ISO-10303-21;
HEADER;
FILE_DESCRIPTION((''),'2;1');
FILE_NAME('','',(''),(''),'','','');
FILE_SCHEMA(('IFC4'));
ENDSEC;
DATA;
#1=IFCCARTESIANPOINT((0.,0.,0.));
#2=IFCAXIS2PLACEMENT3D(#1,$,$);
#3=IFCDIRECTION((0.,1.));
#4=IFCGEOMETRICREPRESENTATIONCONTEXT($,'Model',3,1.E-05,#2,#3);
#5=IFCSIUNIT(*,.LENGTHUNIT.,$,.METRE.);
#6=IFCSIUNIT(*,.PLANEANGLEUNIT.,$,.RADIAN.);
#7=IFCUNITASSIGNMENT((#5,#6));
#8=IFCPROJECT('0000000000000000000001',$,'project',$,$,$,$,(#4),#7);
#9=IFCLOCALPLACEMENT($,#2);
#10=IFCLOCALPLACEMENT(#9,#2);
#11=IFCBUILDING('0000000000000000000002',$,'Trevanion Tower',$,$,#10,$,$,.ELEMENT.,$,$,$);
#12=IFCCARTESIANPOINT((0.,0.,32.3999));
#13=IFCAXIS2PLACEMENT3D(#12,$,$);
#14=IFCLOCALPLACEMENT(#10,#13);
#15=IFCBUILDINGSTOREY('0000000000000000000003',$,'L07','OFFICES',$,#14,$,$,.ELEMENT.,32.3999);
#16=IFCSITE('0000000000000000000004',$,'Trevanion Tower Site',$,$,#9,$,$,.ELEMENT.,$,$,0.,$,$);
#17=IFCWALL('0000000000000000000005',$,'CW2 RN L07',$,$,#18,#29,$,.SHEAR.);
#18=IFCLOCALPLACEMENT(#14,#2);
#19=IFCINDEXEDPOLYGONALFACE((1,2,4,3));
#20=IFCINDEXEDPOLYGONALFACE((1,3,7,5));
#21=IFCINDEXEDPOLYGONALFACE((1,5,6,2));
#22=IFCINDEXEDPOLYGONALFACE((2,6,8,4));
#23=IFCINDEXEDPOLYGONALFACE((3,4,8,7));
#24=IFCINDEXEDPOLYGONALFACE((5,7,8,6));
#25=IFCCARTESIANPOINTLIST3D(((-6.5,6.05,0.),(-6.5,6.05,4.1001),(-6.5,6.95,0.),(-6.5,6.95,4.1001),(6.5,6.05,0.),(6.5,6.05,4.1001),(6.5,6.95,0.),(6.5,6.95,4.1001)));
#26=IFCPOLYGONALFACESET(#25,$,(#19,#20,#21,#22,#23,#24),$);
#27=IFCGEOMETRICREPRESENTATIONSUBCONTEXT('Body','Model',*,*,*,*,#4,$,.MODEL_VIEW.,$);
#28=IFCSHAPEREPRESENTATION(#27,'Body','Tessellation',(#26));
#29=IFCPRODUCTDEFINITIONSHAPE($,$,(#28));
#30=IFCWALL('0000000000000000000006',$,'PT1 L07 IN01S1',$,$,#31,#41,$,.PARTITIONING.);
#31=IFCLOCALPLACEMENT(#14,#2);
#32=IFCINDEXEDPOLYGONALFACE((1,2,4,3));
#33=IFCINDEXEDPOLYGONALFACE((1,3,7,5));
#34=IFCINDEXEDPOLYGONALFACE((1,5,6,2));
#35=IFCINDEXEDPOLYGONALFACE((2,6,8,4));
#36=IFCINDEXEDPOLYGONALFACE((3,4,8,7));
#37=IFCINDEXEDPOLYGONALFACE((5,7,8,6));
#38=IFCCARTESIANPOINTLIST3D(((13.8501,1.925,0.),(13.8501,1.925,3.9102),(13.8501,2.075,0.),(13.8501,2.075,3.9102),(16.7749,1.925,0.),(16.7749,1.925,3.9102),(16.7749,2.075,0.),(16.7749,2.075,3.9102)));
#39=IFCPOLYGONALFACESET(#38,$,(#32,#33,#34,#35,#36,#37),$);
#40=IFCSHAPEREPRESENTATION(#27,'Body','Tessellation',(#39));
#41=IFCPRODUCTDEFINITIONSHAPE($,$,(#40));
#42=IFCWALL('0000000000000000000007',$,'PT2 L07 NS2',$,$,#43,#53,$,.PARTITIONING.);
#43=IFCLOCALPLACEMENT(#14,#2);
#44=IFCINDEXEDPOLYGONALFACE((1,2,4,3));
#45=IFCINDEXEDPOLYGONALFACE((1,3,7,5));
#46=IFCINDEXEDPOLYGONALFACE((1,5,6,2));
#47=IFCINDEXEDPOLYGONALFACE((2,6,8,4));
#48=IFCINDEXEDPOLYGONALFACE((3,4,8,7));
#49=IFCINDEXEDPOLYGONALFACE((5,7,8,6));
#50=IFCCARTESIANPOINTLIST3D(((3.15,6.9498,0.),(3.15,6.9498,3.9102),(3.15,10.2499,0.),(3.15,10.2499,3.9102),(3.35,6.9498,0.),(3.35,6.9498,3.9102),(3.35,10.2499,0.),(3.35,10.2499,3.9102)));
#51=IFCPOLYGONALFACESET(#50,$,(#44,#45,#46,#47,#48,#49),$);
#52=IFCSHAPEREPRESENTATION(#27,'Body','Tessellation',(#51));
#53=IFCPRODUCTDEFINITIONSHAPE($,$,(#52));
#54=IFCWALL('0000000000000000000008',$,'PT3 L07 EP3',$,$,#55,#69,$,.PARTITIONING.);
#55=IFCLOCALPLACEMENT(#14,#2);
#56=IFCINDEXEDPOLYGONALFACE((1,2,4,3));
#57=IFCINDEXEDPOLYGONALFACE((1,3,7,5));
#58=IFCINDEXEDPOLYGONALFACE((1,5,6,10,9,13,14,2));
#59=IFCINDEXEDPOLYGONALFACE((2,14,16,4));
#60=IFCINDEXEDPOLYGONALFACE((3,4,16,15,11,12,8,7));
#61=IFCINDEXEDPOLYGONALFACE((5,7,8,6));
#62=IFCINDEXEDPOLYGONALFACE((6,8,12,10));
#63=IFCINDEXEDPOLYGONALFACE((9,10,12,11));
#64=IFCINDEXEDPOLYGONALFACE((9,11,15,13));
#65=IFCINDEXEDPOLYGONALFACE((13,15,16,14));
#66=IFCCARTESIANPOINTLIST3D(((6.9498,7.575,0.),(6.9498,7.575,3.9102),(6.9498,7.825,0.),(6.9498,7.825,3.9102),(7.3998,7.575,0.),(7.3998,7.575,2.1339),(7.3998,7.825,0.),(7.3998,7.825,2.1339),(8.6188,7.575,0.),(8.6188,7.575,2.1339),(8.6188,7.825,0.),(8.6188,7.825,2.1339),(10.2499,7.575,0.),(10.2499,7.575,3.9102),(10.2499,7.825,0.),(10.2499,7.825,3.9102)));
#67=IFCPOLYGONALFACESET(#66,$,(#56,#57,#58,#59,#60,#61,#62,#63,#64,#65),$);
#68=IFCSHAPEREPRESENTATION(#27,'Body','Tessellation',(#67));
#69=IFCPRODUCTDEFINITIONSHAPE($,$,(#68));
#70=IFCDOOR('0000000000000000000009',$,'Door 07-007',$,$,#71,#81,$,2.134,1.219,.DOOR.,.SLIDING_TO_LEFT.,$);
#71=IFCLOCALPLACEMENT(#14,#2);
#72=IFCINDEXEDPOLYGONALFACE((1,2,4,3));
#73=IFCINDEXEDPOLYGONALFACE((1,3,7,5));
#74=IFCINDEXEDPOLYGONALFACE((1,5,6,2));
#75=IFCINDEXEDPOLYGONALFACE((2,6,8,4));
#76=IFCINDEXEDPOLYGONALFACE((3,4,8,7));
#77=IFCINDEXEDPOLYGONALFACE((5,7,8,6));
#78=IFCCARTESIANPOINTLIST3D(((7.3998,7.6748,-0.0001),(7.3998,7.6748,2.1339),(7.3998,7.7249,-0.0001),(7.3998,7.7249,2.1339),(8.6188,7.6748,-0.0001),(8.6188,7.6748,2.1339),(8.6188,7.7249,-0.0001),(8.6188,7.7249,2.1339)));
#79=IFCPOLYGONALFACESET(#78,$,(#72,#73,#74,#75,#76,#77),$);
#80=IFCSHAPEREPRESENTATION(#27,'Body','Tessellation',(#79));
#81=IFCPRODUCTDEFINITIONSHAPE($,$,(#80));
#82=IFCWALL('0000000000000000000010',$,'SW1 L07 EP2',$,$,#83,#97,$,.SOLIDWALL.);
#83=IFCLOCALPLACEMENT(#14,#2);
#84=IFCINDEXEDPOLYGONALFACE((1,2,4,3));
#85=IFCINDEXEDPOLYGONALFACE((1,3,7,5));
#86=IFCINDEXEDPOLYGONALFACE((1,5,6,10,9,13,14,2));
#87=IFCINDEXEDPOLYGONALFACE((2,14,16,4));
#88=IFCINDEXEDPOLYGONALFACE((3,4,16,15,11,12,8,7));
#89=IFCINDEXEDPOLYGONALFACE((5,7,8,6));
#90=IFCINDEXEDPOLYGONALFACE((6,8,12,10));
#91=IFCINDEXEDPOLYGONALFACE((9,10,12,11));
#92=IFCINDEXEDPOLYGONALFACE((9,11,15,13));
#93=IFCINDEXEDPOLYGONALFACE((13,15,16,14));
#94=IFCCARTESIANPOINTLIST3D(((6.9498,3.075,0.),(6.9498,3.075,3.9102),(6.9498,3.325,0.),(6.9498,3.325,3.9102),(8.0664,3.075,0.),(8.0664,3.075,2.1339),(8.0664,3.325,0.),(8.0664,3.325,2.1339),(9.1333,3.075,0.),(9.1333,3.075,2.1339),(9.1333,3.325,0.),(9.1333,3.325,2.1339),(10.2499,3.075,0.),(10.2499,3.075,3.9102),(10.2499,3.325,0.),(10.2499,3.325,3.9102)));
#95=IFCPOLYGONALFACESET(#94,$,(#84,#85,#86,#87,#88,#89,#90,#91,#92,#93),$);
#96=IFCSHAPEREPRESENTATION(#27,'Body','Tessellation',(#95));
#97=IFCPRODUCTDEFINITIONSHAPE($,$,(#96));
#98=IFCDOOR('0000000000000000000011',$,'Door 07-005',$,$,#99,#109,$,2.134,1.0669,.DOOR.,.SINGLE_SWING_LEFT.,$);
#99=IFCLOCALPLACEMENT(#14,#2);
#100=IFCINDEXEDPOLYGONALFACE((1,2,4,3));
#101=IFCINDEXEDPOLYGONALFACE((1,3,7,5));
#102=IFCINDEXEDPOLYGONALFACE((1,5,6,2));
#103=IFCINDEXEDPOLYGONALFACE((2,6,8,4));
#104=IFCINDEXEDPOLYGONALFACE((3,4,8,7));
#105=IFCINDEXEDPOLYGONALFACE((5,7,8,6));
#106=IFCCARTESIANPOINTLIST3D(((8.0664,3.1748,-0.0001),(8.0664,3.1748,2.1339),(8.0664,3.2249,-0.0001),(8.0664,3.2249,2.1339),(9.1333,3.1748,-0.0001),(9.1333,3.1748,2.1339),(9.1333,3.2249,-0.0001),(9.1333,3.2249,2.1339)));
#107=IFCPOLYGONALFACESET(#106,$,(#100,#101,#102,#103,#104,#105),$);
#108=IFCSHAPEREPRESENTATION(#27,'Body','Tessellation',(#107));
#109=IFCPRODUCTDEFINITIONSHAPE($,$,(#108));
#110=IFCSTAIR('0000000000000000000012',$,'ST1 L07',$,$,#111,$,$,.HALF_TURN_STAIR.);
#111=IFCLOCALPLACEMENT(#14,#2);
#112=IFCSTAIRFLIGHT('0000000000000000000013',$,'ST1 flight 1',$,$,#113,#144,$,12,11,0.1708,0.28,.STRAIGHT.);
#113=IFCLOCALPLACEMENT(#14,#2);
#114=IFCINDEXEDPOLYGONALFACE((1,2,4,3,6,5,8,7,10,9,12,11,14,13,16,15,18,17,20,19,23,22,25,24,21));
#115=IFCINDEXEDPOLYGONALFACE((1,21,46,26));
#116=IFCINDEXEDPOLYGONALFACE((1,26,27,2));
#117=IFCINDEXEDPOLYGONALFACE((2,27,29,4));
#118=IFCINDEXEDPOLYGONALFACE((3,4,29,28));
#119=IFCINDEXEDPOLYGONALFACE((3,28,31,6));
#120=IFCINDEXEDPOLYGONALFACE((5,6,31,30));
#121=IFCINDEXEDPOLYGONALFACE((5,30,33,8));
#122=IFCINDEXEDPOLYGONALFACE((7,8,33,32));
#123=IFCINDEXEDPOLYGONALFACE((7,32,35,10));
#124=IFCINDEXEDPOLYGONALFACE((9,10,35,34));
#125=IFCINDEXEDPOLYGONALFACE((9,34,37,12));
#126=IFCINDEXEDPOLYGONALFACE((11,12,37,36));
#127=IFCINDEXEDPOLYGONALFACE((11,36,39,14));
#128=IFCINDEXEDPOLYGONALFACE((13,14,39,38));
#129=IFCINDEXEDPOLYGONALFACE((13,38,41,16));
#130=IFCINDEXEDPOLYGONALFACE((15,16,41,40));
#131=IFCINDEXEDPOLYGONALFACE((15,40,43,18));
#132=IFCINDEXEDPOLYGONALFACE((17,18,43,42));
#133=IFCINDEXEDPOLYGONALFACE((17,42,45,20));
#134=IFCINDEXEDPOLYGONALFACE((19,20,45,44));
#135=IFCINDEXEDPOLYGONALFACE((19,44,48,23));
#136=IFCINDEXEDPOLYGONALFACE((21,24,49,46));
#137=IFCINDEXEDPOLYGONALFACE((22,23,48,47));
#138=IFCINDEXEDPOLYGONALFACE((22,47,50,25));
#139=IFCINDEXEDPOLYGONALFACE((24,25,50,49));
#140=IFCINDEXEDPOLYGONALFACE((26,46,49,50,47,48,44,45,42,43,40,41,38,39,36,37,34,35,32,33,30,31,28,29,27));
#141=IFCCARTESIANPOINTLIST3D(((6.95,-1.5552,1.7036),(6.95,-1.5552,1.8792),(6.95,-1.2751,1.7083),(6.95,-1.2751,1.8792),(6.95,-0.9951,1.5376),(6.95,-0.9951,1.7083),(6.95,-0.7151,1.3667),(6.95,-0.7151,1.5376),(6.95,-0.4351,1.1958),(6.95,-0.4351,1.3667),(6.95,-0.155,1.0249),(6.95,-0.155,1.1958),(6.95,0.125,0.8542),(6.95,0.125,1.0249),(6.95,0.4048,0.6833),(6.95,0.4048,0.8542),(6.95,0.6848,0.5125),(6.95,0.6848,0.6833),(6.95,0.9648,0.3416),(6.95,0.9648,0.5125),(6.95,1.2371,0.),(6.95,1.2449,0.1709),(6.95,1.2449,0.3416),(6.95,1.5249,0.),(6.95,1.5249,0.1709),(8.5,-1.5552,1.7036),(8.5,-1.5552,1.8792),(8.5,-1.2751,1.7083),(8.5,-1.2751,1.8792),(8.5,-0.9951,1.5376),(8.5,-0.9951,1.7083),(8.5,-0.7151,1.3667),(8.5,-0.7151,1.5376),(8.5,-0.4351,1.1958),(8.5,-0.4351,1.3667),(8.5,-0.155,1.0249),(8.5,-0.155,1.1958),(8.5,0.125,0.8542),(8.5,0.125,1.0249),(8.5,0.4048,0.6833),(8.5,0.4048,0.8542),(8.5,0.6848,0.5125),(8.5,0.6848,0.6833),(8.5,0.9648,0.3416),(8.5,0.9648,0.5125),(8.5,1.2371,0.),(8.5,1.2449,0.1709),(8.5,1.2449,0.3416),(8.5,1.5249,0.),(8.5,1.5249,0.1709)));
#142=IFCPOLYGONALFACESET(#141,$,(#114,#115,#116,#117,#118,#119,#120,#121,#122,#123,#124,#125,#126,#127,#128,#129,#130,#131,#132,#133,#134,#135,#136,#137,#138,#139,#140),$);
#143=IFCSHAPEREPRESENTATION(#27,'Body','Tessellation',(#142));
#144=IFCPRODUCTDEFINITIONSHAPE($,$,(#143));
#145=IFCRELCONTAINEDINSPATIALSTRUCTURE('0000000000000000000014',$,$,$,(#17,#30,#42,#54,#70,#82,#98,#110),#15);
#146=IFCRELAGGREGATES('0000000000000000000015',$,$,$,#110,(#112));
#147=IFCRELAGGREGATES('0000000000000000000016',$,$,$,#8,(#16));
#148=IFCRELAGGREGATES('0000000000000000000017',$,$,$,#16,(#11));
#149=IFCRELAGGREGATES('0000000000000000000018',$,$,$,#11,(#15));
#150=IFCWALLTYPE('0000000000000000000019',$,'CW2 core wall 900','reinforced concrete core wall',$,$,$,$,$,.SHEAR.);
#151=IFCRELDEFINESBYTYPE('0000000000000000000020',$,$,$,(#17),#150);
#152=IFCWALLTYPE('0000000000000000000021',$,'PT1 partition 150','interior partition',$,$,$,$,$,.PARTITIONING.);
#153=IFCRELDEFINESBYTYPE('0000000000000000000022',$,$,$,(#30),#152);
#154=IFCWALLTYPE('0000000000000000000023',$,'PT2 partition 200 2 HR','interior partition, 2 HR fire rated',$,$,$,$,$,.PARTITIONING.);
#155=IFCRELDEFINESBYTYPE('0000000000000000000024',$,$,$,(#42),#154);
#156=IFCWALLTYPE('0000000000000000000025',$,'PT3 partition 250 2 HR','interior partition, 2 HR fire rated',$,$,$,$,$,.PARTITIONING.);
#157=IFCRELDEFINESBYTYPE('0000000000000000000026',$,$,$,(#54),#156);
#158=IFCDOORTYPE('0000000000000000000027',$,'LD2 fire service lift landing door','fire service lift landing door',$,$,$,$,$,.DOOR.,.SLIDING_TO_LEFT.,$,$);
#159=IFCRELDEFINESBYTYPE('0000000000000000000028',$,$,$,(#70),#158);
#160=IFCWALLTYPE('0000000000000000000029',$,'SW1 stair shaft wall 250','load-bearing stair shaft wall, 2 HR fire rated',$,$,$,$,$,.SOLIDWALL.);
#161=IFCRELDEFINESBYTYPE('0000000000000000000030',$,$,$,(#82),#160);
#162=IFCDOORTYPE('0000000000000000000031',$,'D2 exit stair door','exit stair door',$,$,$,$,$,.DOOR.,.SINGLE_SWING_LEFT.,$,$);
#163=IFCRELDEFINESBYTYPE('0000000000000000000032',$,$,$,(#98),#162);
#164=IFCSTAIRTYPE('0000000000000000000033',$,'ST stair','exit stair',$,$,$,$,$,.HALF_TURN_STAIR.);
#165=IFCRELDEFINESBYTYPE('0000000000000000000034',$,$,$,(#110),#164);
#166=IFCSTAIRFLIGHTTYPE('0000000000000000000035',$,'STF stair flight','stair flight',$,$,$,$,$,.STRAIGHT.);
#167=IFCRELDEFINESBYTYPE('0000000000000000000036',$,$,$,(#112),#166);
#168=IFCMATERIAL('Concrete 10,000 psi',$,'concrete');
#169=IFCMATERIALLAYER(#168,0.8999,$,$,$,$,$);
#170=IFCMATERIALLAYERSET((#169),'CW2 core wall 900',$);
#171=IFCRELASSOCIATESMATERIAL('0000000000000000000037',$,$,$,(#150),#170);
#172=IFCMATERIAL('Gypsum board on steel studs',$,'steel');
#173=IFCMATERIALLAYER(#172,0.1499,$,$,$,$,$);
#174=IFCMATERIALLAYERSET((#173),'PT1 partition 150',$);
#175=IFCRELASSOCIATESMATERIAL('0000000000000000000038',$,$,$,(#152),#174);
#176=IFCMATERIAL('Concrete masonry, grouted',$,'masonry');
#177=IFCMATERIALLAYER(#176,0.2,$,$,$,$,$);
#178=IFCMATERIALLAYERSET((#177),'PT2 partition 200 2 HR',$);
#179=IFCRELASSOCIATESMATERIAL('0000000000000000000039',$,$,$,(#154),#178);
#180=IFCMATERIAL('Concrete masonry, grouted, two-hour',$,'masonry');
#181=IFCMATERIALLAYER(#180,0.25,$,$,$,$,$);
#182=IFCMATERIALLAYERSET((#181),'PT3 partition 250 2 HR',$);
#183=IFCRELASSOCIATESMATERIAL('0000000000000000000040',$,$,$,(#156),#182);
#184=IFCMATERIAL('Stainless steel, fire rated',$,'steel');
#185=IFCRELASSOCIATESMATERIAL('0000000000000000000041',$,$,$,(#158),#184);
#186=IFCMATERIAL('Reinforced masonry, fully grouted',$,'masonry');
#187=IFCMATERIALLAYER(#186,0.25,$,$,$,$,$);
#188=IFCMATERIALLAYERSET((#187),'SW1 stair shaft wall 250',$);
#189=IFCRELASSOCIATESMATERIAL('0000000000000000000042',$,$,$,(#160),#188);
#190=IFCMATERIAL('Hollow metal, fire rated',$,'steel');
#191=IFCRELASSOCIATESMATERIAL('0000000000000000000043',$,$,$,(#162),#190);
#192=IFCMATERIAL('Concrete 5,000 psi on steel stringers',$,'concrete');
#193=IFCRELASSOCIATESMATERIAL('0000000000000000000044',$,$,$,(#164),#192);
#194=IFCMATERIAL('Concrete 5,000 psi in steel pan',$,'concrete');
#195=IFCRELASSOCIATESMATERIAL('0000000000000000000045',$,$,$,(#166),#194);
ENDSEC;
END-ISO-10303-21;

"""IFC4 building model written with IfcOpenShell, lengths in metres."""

from ifc_helpers import new_model, si_unit, direction, frame, frame_2d, origin, place, context, subcontext, project, spatial, polyline, rectangle, outline, extrude, material, layer, layer_set, type_object, element, fill, aggregate, save


model = new_model("IFC4")

# Units and contexts
model_context = context("Model", 3, precision=1e-05, world=origin(), true_north=direction((0.0, 1.0)))
body_context = subcontext(model_context, "Body", "Model", "MODEL_VIEW")
ifc_project = project(units=[si_unit("LENGTHUNIT", "METRE"), si_unit("PLANEANGLEUNIT", "RADIAN")], contexts=[model_context])

# Site, building, storey
site_placement = place(None, origin())
site = spatial("IfcSite", under=ifc_project, at=site_placement, Name="Trevanion Tower Site", CompositionType="ELEMENT", RefElevation=0.0)
building_placement = place(site_placement, origin())
building = spatial("IfcBuilding", under=site, at=building_placement, Name="Trevanion Tower", CompositionType="ELEMENT")
storey_placement = place(building_placement, frame((0.0, 0.0, 32.3999)))
storey = spatial("IfcBuildingStorey", under=building, at=storey_placement, Name="L07", Description="OFFICES", CompositionType="ELEMENT", Elevation=32.3999)

# Walls
ifc_material_1 = material(Name="Concrete 10,000 psi", Category="concrete")
ifc_layer_1 = layer(ifc_material_1, 0.8999)
ifc_layer_set_1 = layer_set([ifc_layer_1], Name="CW2 core wall 900")
wall_type_1 = type_object("IfcWallType", Name="CW2 core wall 900", Description="reinforced concrete core wall", PredefinedType="SHEAR", material=ifc_layer_set_1)
wall_1_placement = place(storey_placement, frame((6.5, 6.5, 0.0), z_axis=(0.0, 0.0, 1.0), x_axis=(-1.0, 0.0, 0.0)))
element("IfcWall", 1, at=wall_1_placement, inside=storey, type_object=wall_type_1, Name="CW2 RN L07", PredefinedType="SHEAR", context=body_context, shape_type="SweptSolid", body=[
    extrude(rectangle(XDim=13.0, YDim=0.8999, at=frame_2d((6.5, 0.0))), origin(), (0.0, 0.0, 1.0), 4.1001),
])
ifc_material_2 = material(Name="Gypsum board on steel studs", Category="steel")
ifc_layer_2 = layer(ifc_material_2, 0.1499)
ifc_layer_set_2 = layer_set([ifc_layer_2], Name="PT1 partition 150")
wall_type_2 = type_object("IfcWallType", Name="PT1 partition 150", Description="interior partition", PredefinedType="PARTITIONING", material=ifc_layer_set_2)
wall_2_placement = place(storey_placement, frame((16.7749, 2.0, 0.0), z_axis=(0.0, 0.0, 1.0), x_axis=(-1.0, 0.0, 0.0)))
element("IfcWall", 2, at=wall_2_placement, inside=storey, type_object=wall_type_2, Name="PT1 L07 IN01S1", PredefinedType="PARTITIONING", context=body_context, shape_type="SweptSolid", body=[
    extrude(rectangle(XDim=2.9248, YDim=0.1499, at=frame_2d((1.4624, 0.0))), origin(), (0.0, 0.0, 1.0), 3.9102),
])
ifc_material_3 = material(Name="Concrete masonry, grouted", Category="masonry")
ifc_layer_3 = layer(ifc_material_3, 0.2)
ifc_layer_set_3 = layer_set([ifc_layer_3], Name="PT2 partition 200 2 HR")
wall_type_3 = type_object("IfcWallType", Name="PT2 partition 200 2 HR", Description="interior partition, 2 HR fire rated", PredefinedType="PARTITIONING", material=ifc_layer_set_3)
wall_3_placement = place(storey_placement, frame((3.25, 6.95, 0.0), z_axis=(0.0, 0.0, 1.0), x_axis=(0.0, 1.0, 0.0)))
element("IfcWall", 3, at=wall_3_placement, inside=storey, type_object=wall_type_3, Name="PT2 L07 NS2", PredefinedType="PARTITIONING", context=body_context, shape_type="SweptSolid", body=[
    extrude(rectangle(XDim=3.3, YDim=0.2, at=frame_2d((1.6499, 0.0))), origin(), (0.0, 0.0, 1.0), 3.9102),
])

# Walls, openings, doors
ifc_material_4 = material(Name="Concrete masonry, grouted, two-hour", Category="masonry")
ifc_layer_4 = layer(ifc_material_4, 0.25)
ifc_layer_set_4 = layer_set([ifc_layer_4], Name="PT3 partition 250 2 HR")
wall_type_4 = type_object("IfcWallType", Name="PT3 partition 250 2 HR", Description="interior partition, 2 HR fire rated", PredefinedType="PARTITIONING", material=ifc_layer_set_4)
wall_4_placement = place(storey_placement, frame((6.95, 7.7, 0.0), z_axis=(0.0, 0.0, 1.0), x_axis=(1.0, 0.0, 0.0)))
wall_4 = element("IfcWall", 4, at=wall_4_placement, inside=storey, type_object=wall_type_4, Name="PT3 L07 EP3", PredefinedType="PARTITIONING", context=body_context, shape_type="SweptSolid", body=[
    extrude(rectangle(XDim=3.3, YDim=0.25, at=frame_2d((1.6499, 0.0))), origin(), (0.0, 0.0, 1.0), 3.9102),
])
opening_1_placement = place(wall_4_placement, frame((0.45, 0.0, 0.0)))
opening_1 = element("IfcOpeningElement", 5, at=opening_1_placement, cuts=wall_4, PredefinedType="OPENING", context=body_context, shape_type="SweptSolid", body=[
    extrude(rectangle(XDim=1.219, YDim=2.134, at=frame_2d((0.6094, 1.0669))), frame((0.0, 0.135, 0.0), z_axis=(0.0, -1.0, 0.0), x_axis=(1.0, 0.0, 0.0)), (0.0, 0.0, 1.0), 0.27),
])
ifc_material_5 = material(Name="Stainless steel, fire rated", Category="steel")
door_type_1 = type_object("IfcDoorType", Name="LD2 fire service lift landing door", Description="fire service lift landing door", OperationType="SLIDING_TO_LEFT", PredefinedType="DOOR", material=ifc_material_5)
door_1_placement = place(opening_1_placement, origin())
door_1 = element("IfcDoor", 6, at=door_1_placement, inside=storey, type_object=door_type_1, Name="Door 07-007", OperationType="SLIDING_TO_LEFT", OverallHeight=2.134, OverallWidth=1.219, PredefinedType="DOOR", context=body_context, shape_type="SweptSolid", body=[
    extrude(rectangle(XDim=1.219, YDim=2.134, at=frame_2d((0.6094, 1.0669))), frame((0.0, 0.0249, 0.0), z_axis=(0.0, -1.0, 0.0), x_axis=(1.0, 0.0, 0.0)), (0.0, 0.0, 1.0), 0.05),
])
fill(opening_1, door_1)
ifc_material_6 = material(Name="Reinforced masonry, fully grouted", Category="masonry")
ifc_layer_5 = layer(ifc_material_6, 0.25)
ifc_layer_set_5 = layer_set([ifc_layer_5], Name="SW1 stair shaft wall 250")
wall_type_5 = type_object("IfcWallType", Name="SW1 stair shaft wall 250", Description="load-bearing stair shaft wall, 2 HR fire rated", PredefinedType="SOLIDWALL", material=ifc_layer_set_5)
wall_5_placement = place(storey_placement, frame((6.95, 3.2, 0.0), z_axis=(0.0, 0.0, 1.0), x_axis=(1.0, 0.0, 0.0)))
wall_5 = element("IfcWall", 7, at=wall_5_placement, inside=storey, type_object=wall_type_5, Name="SW1 L07 EP2", PredefinedType="SOLIDWALL", context=body_context, shape_type="SweptSolid", body=[
    extrude(rectangle(XDim=3.3, YDim=0.25, at=frame_2d((1.6499, 0.0))), origin(), (0.0, 0.0, 1.0), 3.9102),
])
opening_2_placement = place(wall_5_placement, frame((1.1165, 0.0, 0.0)))
opening_2 = element("IfcOpeningElement", 8, at=opening_2_placement, cuts=wall_5, PredefinedType="OPENING", context=body_context, shape_type="SweptSolid", body=[
    extrude(rectangle(XDim=1.0669, YDim=2.134, at=frame_2d((0.5334, 1.0669))), frame((0.0, 0.135, 0.0), z_axis=(0.0, -1.0, 0.0), x_axis=(1.0, 0.0, 0.0)), (0.0, 0.0, 1.0), 0.27),
])
ifc_material_7 = material(Name="Hollow metal, fire rated", Category="steel")
door_type_2 = type_object("IfcDoorType", Name="D2 exit stair door", Description="exit stair door", OperationType="SINGLE_SWING_LEFT", PredefinedType="DOOR", material=ifc_material_7)
door_2_placement = place(opening_2_placement, origin())
door_2 = element("IfcDoor", 9, at=door_2_placement, inside=storey, type_object=door_type_2, Name="Door 07-005", OperationType="SINGLE_SWING_LEFT", OverallHeight=2.134, OverallWidth=1.0669, PredefinedType="DOOR", context=body_context, shape_type="SweptSolid", body=[
    extrude(rectangle(XDim=1.0669, YDim=2.134, at=frame_2d((0.5334, 1.0669))), frame((0.0, 0.0249, 0.0), z_axis=(0.0, -1.0, 0.0), x_axis=(1.0, 0.0, 0.0)), (0.0, 0.0, 1.0), 0.05),
])
fill(opening_2, door_2)

# Stair, stair flight
ifc_material_8 = material(Name="Concrete 5,000 psi on steel stringers", Category="concrete")
stair_type = type_object("IfcStairType", Name="ST stair", Description="exit stair", PredefinedType="HALF_TURN_STAIR", material=ifc_material_8)
stair_placement = place(storey_placement, origin())
stair = element("IfcStair", 10, at=stair_placement, inside=storey, type_object=stair_type, Name="ST1 L07", PredefinedType="HALF_TURN_STAIR")
ifc_material_9 = material(Name="Concrete 5,000 psi in steel pan", Category="concrete")
stair_flight_type = type_object("IfcStairFlightType", Name="STF stair flight", Description="stair flight", PredefinedType="STRAIGHT", material=ifc_material_9)
stair_flight_placement = place(storey_placement, frame((7.7251, 1.5249, 0.0), z_axis=(0.0, 0.0, 1.0), x_axis=(0.0, -1.0, 0.0)))
stair_flight = element("IfcStairFlight", 11, at=stair_flight_placement, type_object=stair_flight_type, Name="ST1 flight 1", NumberOfRisers=12, NumberOfTreads=11, PredefinedType="STRAIGHT", RiserHeight=0.1708, TreadLength=0.28, context=body_context, shape_type="SweptSolid", body=[
    extrude(outline(polyline([(0.0, 0.0), (0.0, 0.1709), (0.28, 0.1709), (0.28, 0.3416), (0.5601, 0.3416), (0.5601, 0.5125), (0.8401, 0.5125), (0.8401, 0.6833), (1.1201, 0.6833), (1.1201, 0.8542), (1.3999, 0.8542), (1.3999, 1.0249), (1.6799, 1.0249), (1.6799, 1.1958), (1.96, 1.1958), (1.96, 1.3667), (2.24, 1.3667), (2.24, 1.5376), (2.52, 1.5376), (2.52, 1.7083), (2.8, 1.7083), (2.8, 1.8792), (3.0801, 1.8792), (3.0801, 2.05), (3.0801, 1.7036), (0.2878, 0.0), (0.0, 0.0)])), frame((0.0, 0.7749, 0.0), z_axis=(0.0, -1.0, 0.0), x_axis=(1.0, 0.0, 0.0)), (0.0, 0.0, 1.0), 1.55),
])
aggregate(stair, [stair_flight])

save(model, "model.ifc")
